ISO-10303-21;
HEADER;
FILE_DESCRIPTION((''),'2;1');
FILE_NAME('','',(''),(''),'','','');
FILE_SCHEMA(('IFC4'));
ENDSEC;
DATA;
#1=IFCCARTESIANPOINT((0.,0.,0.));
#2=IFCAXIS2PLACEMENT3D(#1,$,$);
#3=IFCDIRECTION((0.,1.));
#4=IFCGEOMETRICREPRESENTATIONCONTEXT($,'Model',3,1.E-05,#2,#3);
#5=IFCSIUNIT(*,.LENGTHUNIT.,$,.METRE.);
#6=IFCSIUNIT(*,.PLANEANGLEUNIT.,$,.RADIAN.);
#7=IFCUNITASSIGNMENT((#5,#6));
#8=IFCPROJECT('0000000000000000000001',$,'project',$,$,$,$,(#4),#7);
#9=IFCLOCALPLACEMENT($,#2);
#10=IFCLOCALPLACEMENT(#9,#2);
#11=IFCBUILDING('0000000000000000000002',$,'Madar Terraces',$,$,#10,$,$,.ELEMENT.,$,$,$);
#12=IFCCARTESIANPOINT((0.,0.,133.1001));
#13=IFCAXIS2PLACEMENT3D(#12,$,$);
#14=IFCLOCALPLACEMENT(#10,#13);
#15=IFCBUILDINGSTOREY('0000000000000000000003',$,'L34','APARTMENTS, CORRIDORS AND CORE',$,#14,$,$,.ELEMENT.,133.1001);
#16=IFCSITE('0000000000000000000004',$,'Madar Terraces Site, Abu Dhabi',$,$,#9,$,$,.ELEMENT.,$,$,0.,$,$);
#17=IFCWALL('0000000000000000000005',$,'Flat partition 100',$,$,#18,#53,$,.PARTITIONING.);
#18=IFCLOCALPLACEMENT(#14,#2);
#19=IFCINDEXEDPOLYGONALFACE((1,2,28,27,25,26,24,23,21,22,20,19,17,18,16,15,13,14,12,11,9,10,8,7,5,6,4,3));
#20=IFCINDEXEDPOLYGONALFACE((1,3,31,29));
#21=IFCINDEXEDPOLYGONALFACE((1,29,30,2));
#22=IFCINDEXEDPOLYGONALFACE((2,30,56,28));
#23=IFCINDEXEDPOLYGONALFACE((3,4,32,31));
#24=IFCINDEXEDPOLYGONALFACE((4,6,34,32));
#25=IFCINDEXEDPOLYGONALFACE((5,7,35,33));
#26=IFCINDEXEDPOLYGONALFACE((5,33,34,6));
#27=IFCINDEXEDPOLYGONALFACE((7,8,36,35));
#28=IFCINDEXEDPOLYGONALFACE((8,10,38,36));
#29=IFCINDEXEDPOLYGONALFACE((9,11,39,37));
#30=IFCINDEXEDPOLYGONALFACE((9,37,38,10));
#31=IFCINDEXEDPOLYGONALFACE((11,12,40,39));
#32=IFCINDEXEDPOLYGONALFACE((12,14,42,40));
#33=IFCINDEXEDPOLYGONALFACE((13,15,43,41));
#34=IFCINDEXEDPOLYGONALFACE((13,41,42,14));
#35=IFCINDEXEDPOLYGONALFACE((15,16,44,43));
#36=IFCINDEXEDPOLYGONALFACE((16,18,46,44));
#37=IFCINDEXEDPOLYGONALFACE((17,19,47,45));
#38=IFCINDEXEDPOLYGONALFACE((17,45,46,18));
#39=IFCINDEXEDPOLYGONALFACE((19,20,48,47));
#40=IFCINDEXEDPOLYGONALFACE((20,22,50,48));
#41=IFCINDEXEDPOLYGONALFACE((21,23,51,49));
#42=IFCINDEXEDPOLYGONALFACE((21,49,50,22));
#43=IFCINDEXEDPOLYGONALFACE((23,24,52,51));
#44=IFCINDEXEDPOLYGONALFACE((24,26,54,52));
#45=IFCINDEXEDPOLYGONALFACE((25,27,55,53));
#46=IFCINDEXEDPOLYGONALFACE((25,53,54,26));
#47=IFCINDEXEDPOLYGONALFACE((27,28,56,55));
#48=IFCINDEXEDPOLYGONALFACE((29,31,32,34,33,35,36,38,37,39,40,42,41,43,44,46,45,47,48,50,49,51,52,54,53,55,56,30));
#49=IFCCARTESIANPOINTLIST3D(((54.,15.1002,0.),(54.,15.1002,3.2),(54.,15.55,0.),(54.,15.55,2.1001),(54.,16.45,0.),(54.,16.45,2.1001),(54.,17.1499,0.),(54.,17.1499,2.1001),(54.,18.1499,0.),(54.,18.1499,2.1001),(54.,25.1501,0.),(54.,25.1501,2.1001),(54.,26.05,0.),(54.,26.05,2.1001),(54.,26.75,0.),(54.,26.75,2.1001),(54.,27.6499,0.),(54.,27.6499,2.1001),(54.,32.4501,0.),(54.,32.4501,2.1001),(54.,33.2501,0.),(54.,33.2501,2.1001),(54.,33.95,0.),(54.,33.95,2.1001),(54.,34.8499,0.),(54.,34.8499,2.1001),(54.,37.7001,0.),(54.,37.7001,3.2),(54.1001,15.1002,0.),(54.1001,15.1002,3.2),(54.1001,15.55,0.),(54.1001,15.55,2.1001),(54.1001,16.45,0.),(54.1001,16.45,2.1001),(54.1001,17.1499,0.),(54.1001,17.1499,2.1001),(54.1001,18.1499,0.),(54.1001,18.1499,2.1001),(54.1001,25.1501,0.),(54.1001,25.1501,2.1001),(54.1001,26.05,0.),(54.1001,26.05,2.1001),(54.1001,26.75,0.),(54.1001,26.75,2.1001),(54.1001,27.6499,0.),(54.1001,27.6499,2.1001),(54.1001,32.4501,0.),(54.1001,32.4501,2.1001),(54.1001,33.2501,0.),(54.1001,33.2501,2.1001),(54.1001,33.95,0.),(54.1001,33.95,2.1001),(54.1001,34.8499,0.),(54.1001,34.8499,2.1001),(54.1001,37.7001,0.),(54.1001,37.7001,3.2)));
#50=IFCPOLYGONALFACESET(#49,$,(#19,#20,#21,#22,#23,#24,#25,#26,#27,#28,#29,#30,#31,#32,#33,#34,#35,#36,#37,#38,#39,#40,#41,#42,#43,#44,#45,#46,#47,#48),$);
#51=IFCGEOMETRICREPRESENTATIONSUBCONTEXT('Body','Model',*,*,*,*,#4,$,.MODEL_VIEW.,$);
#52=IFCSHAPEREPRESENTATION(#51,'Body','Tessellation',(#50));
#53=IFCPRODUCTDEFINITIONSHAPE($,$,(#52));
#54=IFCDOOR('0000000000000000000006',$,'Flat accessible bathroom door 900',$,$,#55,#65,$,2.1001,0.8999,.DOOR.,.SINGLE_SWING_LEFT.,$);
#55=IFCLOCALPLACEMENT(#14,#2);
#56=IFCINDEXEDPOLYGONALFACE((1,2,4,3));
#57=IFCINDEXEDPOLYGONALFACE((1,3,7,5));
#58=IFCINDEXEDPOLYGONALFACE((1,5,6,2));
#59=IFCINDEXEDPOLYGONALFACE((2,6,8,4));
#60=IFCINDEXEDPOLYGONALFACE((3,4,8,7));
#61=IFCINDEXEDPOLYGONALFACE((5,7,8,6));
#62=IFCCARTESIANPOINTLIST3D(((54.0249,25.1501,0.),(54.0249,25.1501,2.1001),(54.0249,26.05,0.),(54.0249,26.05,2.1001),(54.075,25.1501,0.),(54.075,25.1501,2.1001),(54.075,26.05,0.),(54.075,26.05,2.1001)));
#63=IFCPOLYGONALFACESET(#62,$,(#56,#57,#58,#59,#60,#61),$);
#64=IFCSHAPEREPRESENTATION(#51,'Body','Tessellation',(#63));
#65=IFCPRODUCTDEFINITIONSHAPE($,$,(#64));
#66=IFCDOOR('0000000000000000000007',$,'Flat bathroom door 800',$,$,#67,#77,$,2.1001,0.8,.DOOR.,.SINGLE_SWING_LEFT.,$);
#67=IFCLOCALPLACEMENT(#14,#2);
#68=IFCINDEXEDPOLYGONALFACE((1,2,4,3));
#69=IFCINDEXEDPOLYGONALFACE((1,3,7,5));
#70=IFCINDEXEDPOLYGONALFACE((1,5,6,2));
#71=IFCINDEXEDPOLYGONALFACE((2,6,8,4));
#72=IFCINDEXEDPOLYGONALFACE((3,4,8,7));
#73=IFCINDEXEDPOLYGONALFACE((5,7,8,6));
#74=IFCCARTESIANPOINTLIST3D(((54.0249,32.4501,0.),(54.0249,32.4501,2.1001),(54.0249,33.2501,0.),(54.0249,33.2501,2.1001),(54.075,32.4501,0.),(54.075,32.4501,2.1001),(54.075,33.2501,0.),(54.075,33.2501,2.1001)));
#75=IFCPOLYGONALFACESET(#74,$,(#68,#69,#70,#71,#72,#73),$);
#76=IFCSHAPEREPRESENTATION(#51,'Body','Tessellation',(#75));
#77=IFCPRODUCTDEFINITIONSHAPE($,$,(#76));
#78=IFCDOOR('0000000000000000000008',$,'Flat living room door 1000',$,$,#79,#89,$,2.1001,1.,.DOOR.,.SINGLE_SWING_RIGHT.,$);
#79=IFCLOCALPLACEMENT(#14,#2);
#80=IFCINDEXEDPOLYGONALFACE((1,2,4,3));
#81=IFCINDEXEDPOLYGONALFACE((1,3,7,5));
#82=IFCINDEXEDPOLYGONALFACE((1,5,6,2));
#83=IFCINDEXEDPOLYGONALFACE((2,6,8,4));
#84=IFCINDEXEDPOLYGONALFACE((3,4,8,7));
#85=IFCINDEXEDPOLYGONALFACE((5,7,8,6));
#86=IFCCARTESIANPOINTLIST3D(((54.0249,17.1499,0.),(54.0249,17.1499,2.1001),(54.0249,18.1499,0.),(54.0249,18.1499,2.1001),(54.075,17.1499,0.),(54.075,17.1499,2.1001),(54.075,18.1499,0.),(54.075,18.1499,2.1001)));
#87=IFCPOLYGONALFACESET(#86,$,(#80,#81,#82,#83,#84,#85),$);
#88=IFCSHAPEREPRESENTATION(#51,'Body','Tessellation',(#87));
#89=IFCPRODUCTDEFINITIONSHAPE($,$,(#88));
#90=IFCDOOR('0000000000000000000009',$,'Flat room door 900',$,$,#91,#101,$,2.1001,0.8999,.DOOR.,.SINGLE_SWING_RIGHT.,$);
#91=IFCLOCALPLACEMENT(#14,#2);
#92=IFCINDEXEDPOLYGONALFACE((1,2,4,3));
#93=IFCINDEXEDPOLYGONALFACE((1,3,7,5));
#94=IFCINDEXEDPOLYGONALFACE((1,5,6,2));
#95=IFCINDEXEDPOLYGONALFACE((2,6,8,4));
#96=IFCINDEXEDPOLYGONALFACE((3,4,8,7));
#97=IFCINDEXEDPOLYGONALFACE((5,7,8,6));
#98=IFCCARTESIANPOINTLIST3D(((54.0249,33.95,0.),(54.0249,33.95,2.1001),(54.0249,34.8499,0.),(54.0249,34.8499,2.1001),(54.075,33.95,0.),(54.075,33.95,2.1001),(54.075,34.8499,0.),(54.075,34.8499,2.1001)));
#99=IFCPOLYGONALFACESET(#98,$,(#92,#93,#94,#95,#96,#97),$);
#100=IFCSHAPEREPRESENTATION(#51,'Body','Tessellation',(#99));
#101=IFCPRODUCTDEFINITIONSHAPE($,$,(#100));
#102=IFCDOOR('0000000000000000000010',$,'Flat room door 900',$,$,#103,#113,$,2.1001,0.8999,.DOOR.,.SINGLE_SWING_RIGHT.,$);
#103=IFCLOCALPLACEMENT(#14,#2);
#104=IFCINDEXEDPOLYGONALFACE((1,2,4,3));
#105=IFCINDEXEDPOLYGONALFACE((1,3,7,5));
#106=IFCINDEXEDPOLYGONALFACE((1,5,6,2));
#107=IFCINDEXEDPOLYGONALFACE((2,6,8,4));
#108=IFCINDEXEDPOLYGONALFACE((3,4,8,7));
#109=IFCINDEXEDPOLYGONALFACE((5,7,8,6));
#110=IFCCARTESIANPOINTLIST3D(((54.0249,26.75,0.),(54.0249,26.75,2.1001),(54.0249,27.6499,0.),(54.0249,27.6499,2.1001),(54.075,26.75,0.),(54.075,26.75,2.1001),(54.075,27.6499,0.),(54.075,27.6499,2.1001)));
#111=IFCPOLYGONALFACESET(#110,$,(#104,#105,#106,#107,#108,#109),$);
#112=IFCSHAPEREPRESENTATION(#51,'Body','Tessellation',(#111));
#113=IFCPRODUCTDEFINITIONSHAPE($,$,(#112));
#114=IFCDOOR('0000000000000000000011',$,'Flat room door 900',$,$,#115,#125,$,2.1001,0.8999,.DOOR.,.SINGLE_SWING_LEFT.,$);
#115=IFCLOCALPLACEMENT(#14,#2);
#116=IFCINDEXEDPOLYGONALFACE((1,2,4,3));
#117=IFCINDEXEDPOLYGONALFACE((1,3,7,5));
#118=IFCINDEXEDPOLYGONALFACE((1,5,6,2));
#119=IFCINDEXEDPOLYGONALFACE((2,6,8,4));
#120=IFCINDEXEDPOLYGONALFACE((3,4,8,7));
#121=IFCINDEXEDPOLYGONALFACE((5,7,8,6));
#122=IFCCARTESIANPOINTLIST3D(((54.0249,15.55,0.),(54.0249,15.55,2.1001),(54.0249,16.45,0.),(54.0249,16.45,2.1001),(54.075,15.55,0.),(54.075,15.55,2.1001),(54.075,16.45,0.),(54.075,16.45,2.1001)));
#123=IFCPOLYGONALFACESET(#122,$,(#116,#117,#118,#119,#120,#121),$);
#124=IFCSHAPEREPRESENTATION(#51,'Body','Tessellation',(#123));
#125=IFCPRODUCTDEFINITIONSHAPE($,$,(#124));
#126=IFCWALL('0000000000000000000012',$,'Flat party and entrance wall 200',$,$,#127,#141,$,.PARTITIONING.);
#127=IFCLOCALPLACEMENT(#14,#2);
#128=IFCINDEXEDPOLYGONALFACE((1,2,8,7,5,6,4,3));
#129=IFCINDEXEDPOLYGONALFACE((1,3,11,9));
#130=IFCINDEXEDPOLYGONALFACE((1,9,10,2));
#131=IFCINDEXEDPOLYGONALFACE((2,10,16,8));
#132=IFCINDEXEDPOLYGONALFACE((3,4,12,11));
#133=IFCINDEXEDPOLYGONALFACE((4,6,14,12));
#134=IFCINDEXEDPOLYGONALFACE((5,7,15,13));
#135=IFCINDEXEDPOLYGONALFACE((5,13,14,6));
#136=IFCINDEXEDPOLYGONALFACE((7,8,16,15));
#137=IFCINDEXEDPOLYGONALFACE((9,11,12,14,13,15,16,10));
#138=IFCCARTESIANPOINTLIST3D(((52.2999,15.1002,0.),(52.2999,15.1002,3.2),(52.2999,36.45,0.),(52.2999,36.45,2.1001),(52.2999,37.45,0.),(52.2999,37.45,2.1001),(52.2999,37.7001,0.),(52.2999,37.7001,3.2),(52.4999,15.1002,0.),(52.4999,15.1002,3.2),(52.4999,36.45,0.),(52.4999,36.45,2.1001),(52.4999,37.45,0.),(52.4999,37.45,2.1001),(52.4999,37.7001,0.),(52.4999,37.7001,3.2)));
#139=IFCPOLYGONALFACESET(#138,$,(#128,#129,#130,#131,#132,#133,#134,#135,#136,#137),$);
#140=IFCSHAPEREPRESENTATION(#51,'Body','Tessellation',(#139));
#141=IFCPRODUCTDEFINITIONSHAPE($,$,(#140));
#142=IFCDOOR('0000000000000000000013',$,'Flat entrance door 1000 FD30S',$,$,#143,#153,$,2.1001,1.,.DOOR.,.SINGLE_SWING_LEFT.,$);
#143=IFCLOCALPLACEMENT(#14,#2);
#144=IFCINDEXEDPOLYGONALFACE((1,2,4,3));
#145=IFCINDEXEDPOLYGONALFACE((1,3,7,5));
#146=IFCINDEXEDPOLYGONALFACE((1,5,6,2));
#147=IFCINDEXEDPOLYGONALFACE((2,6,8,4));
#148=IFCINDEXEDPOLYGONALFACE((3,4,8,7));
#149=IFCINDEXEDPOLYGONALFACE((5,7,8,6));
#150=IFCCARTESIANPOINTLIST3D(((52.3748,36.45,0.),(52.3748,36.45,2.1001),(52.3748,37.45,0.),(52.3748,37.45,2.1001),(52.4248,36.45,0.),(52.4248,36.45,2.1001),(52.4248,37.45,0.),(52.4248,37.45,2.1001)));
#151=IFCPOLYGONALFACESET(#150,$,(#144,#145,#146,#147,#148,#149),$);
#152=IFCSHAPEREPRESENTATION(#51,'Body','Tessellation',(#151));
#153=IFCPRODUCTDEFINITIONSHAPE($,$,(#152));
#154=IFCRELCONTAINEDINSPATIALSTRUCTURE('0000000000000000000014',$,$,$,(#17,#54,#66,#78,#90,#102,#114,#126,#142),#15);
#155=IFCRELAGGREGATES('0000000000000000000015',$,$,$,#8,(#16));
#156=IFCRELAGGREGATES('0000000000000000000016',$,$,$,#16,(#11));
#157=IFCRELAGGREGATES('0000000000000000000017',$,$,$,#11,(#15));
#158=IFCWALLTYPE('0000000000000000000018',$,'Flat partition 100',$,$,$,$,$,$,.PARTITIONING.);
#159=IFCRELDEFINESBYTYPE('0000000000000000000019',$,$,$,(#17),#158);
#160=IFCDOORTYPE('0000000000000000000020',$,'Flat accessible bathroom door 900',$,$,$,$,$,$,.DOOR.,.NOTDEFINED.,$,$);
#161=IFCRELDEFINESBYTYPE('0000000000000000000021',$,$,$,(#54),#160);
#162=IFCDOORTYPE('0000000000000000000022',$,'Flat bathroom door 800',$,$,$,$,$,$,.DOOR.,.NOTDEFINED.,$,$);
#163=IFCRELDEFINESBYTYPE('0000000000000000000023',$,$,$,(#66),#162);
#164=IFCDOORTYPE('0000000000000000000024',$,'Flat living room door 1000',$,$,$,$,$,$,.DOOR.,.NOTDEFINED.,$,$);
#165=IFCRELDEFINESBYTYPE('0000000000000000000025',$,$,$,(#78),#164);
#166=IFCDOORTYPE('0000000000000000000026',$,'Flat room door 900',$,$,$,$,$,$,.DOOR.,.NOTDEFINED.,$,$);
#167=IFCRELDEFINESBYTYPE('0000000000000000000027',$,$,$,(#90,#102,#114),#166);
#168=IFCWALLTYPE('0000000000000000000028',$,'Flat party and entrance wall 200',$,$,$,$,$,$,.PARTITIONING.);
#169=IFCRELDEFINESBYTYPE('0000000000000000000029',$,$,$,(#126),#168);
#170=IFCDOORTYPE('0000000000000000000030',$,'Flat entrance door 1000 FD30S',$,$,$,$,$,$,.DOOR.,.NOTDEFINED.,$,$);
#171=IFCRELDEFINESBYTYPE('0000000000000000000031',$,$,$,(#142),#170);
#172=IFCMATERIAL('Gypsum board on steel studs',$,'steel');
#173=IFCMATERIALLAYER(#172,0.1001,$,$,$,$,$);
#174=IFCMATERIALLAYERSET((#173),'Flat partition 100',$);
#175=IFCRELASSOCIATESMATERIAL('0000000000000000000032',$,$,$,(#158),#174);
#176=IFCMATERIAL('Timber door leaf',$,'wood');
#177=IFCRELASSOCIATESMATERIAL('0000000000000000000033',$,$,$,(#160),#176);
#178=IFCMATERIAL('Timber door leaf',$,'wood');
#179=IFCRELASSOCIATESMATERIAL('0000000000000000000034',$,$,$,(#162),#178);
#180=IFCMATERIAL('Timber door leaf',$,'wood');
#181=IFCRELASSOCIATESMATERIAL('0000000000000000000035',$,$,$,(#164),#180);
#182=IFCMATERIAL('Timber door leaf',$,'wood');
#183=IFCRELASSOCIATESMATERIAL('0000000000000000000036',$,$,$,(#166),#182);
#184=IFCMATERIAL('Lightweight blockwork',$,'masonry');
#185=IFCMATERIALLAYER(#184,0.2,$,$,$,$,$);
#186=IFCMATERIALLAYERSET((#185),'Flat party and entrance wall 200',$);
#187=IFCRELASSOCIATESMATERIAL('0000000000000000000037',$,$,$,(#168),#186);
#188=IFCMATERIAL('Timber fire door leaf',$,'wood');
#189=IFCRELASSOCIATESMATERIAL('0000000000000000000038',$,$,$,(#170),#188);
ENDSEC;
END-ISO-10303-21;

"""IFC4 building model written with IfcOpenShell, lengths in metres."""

from ifc_helpers import new_model, si_unit, direction, frame, frame_2d, origin, place, context, subcontext, project, spatial, rectangle, extrude, material, layer, layer_set, type_object, element, fill, save


model = new_model("IFC4")

# Units and contexts
model_context = context("Model", 3, precision=1e-05, world=origin(), true_north=direction((0.0, 1.0)))
body_context = subcontext(model_context, "Body", "Model", "MODEL_VIEW")
ifc_project = project(units=[si_unit("LENGTHUNIT", "METRE"), si_unit("PLANEANGLEUNIT", "RADIAN")], contexts=[model_context])

# Site, building, storey
site_placement = place(None, origin())
site = spatial("IfcSite", under=ifc_project, at=site_placement, Name="Madar Terraces Site, Abu Dhabi", CompositionType="ELEMENT", RefElevation=0.0)
building_placement = place(site_placement, origin())
building = spatial("IfcBuilding", under=site, at=building_placement, Name="Madar Terraces", CompositionType="ELEMENT")
storey_placement = place(building_placement, frame((0.0, 0.0, 133.1001)))
storey = spatial("IfcBuildingStorey", under=building, at=storey_placement, Name="L34", Description="APARTMENTS, CORRIDORS AND CORE", CompositionType="ELEMENT", Elevation=133.1001)

# Wall, openings, doors
ifc_material_1 = material(Name="Gypsum board on steel studs", Category="steel")
ifc_layer_1 = layer(ifc_material_1, 0.1001)
ifc_layer_set_1 = layer_set([ifc_layer_1], Name="Flat partition 100")
wall_type_1 = type_object("IfcWallType", Name="Flat partition 100", PredefinedType="PARTITIONING", material=ifc_layer_set_1)
wall_1_placement = place(storey_placement, frame((54.05, 37.7, 0.0), z_axis=(0.0, 0.0, 1.0), x_axis=(0.0, -1.0, 0.0)))
wall_1 = element("IfcWall", 1, at=wall_1_placement, inside=storey, type_object=wall_type_1, Name="Flat partition 100", PredefinedType="PARTITIONING", context=body_context, shape_type="SweptSolid", body=[
    extrude(rectangle(XDim=22.5999, YDim=0.1001, at=frame_2d((11.2998, 0.0))), origin(), (0.0, 0.0, 1.0), 3.2),
])
opening_1_placement = place(wall_1_placement, frame((2.8501, 0.0, 0.0)))
opening_1 = element("IfcOpeningElement", 2, at=opening_1_placement, cuts=wall_1, PredefinedType="OPENING", context=body_context, shape_type="SweptSolid", body=[
    extrude(rectangle(XDim=0.8999, YDim=2.1001, at=frame_2d((0.45, 1.05))), frame((0.0, 0.0601, 0.0), z_axis=(0.0, -1.0, 0.0), x_axis=(1.0, 0.0, 0.0)), (0.0, 0.0, 1.0), 0.1201),
])
opening_2_placement = place(wall_1_placement, frame((4.45, 0.0, 0.0)))
opening_2 = element("IfcOpeningElement", 3, at=opening_2_placement, cuts=wall_1, PredefinedType="OPENING", context=body_context, shape_type="SweptSolid", body=[
    extrude(rectangle(XDim=0.8, YDim=2.1001, at=frame_2d((0.3999, 1.05))), frame((0.0, 0.0601, 0.0), z_axis=(0.0, -1.0, 0.0), x_axis=(1.0, 0.0, 0.0)), (0.0, 0.0, 1.0), 0.1201),
])
opening_3_placement = place(wall_1_placement, frame((10.05, 0.0, 0.0)))
opening_3 = element("IfcOpeningElement", 4, at=opening_3_placement, cuts=wall_1, PredefinedType="OPENING", context=body_context, shape_type="SweptSolid", body=[
    extrude(rectangle(XDim=0.8999, YDim=2.1001, at=frame_2d((0.45, 1.05))), frame((0.0, 0.0601, 0.0), z_axis=(0.0, -1.0, 0.0), x_axis=(1.0, 0.0, 0.0)), (0.0, 0.0, 1.0), 0.1201),
])
opening_4_placement = place(wall_1_placement, frame((11.6499, 0.0, 0.0)))
opening_4 = element("IfcOpeningElement", 5, at=opening_4_placement, cuts=wall_1, PredefinedType="OPENING", context=body_context, shape_type="SweptSolid", body=[
    extrude(rectangle(XDim=0.8999, YDim=2.1001, at=frame_2d((0.45, 1.05))), frame((0.0, 0.0601, 0.0), z_axis=(0.0, -1.0, 0.0), x_axis=(1.0, 0.0, 0.0)), (0.0, 0.0, 1.0), 0.1201),
])
opening_5_placement = place(wall_1_placement, frame((19.55, 0.0, 0.0)))
opening_5 = element("IfcOpeningElement", 6, at=opening_5_placement, cuts=wall_1, PredefinedType="OPENING", context=body_context, shape_type="SweptSolid", body=[
    extrude(rectangle(XDim=1.0, YDim=2.1001, at=frame_2d((0.5, 1.05))), frame((0.0, 0.0601, 0.0), z_axis=(0.0, -1.0, 0.0), x_axis=(1.0, 0.0, 0.0)), (0.0, 0.0, 1.0), 0.1201),
])
opening_6_placement = place(wall_1_placement, frame((21.25, 0.0, 0.0)))
opening_6 = element("IfcOpeningElement", 7, at=opening_6_placement, cuts=wall_1, PredefinedType="OPENING", context=body_context, shape_type="SweptSolid", body=[
    extrude(rectangle(XDim=0.8999, YDim=2.1001, at=frame_2d((0.45, 1.05))), frame((0.0, 0.0601, 0.0), z_axis=(0.0, -1.0, 0.0), x_axis=(1.0, 0.0, 0.0)), (0.0, 0.0, 1.0), 0.1201),
])
ifc_material_2 = material(Name="Timber door leaf", Category="wood")
door_type_1 = type_object("IfcDoorType", Name="Flat accessible bathroom door 900", OperationType="NOTDEFINED", PredefinedType="DOOR", material=ifc_material_2)
door_1_placement = place(opening_4_placement, origin())
door_1 = element("IfcDoor", 8, at=door_1_placement, inside=storey, type_object=door_type_1, Name="Flat accessible bathroom door 900", OperationType="SINGLE_SWING_LEFT", OverallHeight=2.1001, OverallWidth=0.8999, PredefinedType="DOOR", context=body_context, shape_type="SweptSolid", body=[
    extrude(rectangle(XDim=0.8999, YDim=2.1001, at=frame_2d((0.45, 1.05))), frame((0.0, 0.0249, 0.0), z_axis=(0.0, -1.0, 0.0), x_axis=(1.0, 0.0, 0.0)), (0.0, 0.0, 1.0), 0.05),
])
fill(opening_4, door_1)
ifc_material_3 = material(Name="Timber door leaf", Category="wood")
door_type_2 = type_object("IfcDoorType", Name="Flat bathroom door 800", OperationType="NOTDEFINED", PredefinedType="DOOR", material=ifc_material_3)
door_2_placement = place(opening_2_placement, origin())
door_2 = element("IfcDoor", 9, at=door_2_placement, inside=storey, type_object=door_type_2, Name="Flat bathroom door 800", OperationType="SINGLE_SWING_LEFT", OverallHeight=2.1001, OverallWidth=0.8, PredefinedType="DOOR", context=body_context, shape_type="SweptSolid", body=[
    extrude(rectangle(XDim=0.8, YDim=2.1001, at=frame_2d((0.3999, 1.05))), frame((0.0, 0.0249, 0.0), z_axis=(0.0, -1.0, 0.0), x_axis=(1.0, 0.0, 0.0)), (0.0, 0.0, 1.0), 0.05),
])
fill(opening_2, door_2)
ifc_material_4 = material(Name="Timber door leaf", Category="wood")
door_type_3 = type_object("IfcDoorType", Name="Flat living room door 1000", OperationType="NOTDEFINED", PredefinedType="DOOR", material=ifc_material_4)
door_3_placement = place(opening_5_placement, origin())
door_3 = element("IfcDoor", 10, at=door_3_placement, inside=storey, type_object=door_type_3, Name="Flat living room door 1000", OperationType="SINGLE_SWING_RIGHT", OverallHeight=2.1001, OverallWidth=1.0, PredefinedType="DOOR", context=body_context, shape_type="SweptSolid", body=[
    extrude(rectangle(XDim=1.0, YDim=2.1001, at=frame_2d((0.5, 1.05))), frame((0.0, 0.0249, 0.0), z_axis=(0.0, -1.0, 0.0), x_axis=(1.0, 0.0, 0.0)), (0.0, 0.0, 1.0), 0.05),
])
fill(opening_5, door_3)
ifc_material_5 = material(Name="Timber door leaf", Category="wood")
door_type_4 = type_object("IfcDoorType", Name="Flat room door 900", OperationType="NOTDEFINED", PredefinedType="DOOR", material=ifc_material_5)
door_4_placement = place(opening_1_placement, origin())
door_4 = element("IfcDoor", 11, at=door_4_placement, inside=storey, type_object=door_type_4, Name="Flat room door 900", OperationType="SINGLE_SWING_RIGHT", OverallHeight=2.1001, OverallWidth=0.8999, PredefinedType="DOOR", context=body_context, shape_type="SweptSolid", body=[
    extrude(rectangle(XDim=0.8999, YDim=2.1001, at=frame_2d((0.45, 1.05))), frame((0.0, 0.0249, 0.0), z_axis=(0.0, -1.0, 0.0), x_axis=(1.0, 0.0, 0.0)), (0.0, 0.0, 1.0), 0.05),
])
fill(opening_1, door_4)
door_5_placement = place(opening_3_placement, origin())
door_5 = element("IfcDoor", 12, at=door_5_placement, inside=storey, type_object=door_type_4, Name="Flat room door 900", OperationType="SINGLE_SWING_RIGHT", OverallHeight=2.1001, OverallWidth=0.8999, PredefinedType="DOOR", context=body_context, shape_type="SweptSolid", body=[
    extrude(rectangle(XDim=0.8999, YDim=2.1001, at=frame_2d((0.45, 1.05))), frame((0.0, 0.0249, 0.0), z_axis=(0.0, -1.0, 0.0), x_axis=(1.0, 0.0, 0.0)), (0.0, 0.0, 1.0), 0.05),
])
fill(opening_3, door_5)
door_6_placement = place(opening_6_placement, origin())
door_6 = element("IfcDoor", 13, at=door_6_placement, inside=storey, type_object=door_type_4, Name="Flat room door 900", OperationType="SINGLE_SWING_LEFT", OverallHeight=2.1001, OverallWidth=0.8999, PredefinedType="DOOR", context=body_context, shape_type="SweptSolid", body=[
    extrude(rectangle(XDim=0.8999, YDim=2.1001, at=frame_2d((0.45, 1.05))), frame((0.0, 0.0249, 0.0), z_axis=(0.0, -1.0, 0.0), x_axis=(1.0, 0.0, 0.0)), (0.0, 0.0, 1.0), 0.05),
])
fill(opening_6, door_6)

# Wall, opening, door
ifc_material_6 = material(Name="Lightweight blockwork", Category="masonry")
ifc_layer_2 = layer(ifc_material_6, 0.2)
ifc_layer_set_2 = layer_set([ifc_layer_2], Name="Flat party and entrance wall 200")
wall_type_2 = type_object("IfcWallType", Name="Flat party and entrance wall 200", PredefinedType="PARTITIONING", material=ifc_layer_set_2)
wall_2_placement = place(storey_placement, frame((52.3999, 37.7, 0.0), z_axis=(0.0, 0.0, 1.0), x_axis=(0.0, -1.0, 0.0)))
wall_2 = element("IfcWall", 14, at=wall_2_placement, inside=storey, type_object=wall_type_2, Name="Flat party and entrance wall 200", PredefinedType="PARTITIONING", context=body_context, shape_type="SweptSolid", body=[
    extrude(rectangle(XDim=22.5999, YDim=0.2, at=frame_2d((11.2998, 0.0))), origin(), (0.0, 0.0, 1.0), 3.2),
])
opening_7_placement = place(wall_2_placement, frame((0.25, 0.0, 0.0)))
opening_7 = element("IfcOpeningElement", 15, at=opening_7_placement, cuts=wall_2, PredefinedType="OPENING", context=body_context, shape_type="SweptSolid", body=[
    extrude(rectangle(XDim=1.0, YDim=2.1001, at=frame_2d((0.5, 1.05))), frame((0.0, 0.1099, 0.0), z_axis=(0.0, -1.0, 0.0), x_axis=(1.0, 0.0, 0.0)), (0.0, 0.0, 1.0), 0.22),
])
ifc_material_7 = material(Name="Timber fire door leaf", Category="wood")
door_type_5 = type_object("IfcDoorType", Name="Flat entrance door 1000 FD30S", OperationType="NOTDEFINED", PredefinedType="DOOR", material=ifc_material_7)
door_7_placement = place(opening_7_placement, origin())
door_7 = element("IfcDoor", 16, at=door_7_placement, inside=storey, type_object=door_type_5, Name="Flat entrance door 1000 FD30S", OperationType="SINGLE_SWING_LEFT", OverallHeight=2.1001, OverallWidth=1.0, PredefinedType="DOOR", context=body_context, shape_type="SweptSolid", body=[
    extrude(rectangle(XDim=1.0, YDim=2.1001, at=frame_2d((0.5, 1.05))), frame((0.0, 0.0249, 0.0), z_axis=(0.0, -1.0, 0.0), x_axis=(1.0, 0.0, 0.0)), (0.0, 0.0, 1.0), 0.05),
])
fill(opening_7, door_7)

save(model, "model.ifc")
